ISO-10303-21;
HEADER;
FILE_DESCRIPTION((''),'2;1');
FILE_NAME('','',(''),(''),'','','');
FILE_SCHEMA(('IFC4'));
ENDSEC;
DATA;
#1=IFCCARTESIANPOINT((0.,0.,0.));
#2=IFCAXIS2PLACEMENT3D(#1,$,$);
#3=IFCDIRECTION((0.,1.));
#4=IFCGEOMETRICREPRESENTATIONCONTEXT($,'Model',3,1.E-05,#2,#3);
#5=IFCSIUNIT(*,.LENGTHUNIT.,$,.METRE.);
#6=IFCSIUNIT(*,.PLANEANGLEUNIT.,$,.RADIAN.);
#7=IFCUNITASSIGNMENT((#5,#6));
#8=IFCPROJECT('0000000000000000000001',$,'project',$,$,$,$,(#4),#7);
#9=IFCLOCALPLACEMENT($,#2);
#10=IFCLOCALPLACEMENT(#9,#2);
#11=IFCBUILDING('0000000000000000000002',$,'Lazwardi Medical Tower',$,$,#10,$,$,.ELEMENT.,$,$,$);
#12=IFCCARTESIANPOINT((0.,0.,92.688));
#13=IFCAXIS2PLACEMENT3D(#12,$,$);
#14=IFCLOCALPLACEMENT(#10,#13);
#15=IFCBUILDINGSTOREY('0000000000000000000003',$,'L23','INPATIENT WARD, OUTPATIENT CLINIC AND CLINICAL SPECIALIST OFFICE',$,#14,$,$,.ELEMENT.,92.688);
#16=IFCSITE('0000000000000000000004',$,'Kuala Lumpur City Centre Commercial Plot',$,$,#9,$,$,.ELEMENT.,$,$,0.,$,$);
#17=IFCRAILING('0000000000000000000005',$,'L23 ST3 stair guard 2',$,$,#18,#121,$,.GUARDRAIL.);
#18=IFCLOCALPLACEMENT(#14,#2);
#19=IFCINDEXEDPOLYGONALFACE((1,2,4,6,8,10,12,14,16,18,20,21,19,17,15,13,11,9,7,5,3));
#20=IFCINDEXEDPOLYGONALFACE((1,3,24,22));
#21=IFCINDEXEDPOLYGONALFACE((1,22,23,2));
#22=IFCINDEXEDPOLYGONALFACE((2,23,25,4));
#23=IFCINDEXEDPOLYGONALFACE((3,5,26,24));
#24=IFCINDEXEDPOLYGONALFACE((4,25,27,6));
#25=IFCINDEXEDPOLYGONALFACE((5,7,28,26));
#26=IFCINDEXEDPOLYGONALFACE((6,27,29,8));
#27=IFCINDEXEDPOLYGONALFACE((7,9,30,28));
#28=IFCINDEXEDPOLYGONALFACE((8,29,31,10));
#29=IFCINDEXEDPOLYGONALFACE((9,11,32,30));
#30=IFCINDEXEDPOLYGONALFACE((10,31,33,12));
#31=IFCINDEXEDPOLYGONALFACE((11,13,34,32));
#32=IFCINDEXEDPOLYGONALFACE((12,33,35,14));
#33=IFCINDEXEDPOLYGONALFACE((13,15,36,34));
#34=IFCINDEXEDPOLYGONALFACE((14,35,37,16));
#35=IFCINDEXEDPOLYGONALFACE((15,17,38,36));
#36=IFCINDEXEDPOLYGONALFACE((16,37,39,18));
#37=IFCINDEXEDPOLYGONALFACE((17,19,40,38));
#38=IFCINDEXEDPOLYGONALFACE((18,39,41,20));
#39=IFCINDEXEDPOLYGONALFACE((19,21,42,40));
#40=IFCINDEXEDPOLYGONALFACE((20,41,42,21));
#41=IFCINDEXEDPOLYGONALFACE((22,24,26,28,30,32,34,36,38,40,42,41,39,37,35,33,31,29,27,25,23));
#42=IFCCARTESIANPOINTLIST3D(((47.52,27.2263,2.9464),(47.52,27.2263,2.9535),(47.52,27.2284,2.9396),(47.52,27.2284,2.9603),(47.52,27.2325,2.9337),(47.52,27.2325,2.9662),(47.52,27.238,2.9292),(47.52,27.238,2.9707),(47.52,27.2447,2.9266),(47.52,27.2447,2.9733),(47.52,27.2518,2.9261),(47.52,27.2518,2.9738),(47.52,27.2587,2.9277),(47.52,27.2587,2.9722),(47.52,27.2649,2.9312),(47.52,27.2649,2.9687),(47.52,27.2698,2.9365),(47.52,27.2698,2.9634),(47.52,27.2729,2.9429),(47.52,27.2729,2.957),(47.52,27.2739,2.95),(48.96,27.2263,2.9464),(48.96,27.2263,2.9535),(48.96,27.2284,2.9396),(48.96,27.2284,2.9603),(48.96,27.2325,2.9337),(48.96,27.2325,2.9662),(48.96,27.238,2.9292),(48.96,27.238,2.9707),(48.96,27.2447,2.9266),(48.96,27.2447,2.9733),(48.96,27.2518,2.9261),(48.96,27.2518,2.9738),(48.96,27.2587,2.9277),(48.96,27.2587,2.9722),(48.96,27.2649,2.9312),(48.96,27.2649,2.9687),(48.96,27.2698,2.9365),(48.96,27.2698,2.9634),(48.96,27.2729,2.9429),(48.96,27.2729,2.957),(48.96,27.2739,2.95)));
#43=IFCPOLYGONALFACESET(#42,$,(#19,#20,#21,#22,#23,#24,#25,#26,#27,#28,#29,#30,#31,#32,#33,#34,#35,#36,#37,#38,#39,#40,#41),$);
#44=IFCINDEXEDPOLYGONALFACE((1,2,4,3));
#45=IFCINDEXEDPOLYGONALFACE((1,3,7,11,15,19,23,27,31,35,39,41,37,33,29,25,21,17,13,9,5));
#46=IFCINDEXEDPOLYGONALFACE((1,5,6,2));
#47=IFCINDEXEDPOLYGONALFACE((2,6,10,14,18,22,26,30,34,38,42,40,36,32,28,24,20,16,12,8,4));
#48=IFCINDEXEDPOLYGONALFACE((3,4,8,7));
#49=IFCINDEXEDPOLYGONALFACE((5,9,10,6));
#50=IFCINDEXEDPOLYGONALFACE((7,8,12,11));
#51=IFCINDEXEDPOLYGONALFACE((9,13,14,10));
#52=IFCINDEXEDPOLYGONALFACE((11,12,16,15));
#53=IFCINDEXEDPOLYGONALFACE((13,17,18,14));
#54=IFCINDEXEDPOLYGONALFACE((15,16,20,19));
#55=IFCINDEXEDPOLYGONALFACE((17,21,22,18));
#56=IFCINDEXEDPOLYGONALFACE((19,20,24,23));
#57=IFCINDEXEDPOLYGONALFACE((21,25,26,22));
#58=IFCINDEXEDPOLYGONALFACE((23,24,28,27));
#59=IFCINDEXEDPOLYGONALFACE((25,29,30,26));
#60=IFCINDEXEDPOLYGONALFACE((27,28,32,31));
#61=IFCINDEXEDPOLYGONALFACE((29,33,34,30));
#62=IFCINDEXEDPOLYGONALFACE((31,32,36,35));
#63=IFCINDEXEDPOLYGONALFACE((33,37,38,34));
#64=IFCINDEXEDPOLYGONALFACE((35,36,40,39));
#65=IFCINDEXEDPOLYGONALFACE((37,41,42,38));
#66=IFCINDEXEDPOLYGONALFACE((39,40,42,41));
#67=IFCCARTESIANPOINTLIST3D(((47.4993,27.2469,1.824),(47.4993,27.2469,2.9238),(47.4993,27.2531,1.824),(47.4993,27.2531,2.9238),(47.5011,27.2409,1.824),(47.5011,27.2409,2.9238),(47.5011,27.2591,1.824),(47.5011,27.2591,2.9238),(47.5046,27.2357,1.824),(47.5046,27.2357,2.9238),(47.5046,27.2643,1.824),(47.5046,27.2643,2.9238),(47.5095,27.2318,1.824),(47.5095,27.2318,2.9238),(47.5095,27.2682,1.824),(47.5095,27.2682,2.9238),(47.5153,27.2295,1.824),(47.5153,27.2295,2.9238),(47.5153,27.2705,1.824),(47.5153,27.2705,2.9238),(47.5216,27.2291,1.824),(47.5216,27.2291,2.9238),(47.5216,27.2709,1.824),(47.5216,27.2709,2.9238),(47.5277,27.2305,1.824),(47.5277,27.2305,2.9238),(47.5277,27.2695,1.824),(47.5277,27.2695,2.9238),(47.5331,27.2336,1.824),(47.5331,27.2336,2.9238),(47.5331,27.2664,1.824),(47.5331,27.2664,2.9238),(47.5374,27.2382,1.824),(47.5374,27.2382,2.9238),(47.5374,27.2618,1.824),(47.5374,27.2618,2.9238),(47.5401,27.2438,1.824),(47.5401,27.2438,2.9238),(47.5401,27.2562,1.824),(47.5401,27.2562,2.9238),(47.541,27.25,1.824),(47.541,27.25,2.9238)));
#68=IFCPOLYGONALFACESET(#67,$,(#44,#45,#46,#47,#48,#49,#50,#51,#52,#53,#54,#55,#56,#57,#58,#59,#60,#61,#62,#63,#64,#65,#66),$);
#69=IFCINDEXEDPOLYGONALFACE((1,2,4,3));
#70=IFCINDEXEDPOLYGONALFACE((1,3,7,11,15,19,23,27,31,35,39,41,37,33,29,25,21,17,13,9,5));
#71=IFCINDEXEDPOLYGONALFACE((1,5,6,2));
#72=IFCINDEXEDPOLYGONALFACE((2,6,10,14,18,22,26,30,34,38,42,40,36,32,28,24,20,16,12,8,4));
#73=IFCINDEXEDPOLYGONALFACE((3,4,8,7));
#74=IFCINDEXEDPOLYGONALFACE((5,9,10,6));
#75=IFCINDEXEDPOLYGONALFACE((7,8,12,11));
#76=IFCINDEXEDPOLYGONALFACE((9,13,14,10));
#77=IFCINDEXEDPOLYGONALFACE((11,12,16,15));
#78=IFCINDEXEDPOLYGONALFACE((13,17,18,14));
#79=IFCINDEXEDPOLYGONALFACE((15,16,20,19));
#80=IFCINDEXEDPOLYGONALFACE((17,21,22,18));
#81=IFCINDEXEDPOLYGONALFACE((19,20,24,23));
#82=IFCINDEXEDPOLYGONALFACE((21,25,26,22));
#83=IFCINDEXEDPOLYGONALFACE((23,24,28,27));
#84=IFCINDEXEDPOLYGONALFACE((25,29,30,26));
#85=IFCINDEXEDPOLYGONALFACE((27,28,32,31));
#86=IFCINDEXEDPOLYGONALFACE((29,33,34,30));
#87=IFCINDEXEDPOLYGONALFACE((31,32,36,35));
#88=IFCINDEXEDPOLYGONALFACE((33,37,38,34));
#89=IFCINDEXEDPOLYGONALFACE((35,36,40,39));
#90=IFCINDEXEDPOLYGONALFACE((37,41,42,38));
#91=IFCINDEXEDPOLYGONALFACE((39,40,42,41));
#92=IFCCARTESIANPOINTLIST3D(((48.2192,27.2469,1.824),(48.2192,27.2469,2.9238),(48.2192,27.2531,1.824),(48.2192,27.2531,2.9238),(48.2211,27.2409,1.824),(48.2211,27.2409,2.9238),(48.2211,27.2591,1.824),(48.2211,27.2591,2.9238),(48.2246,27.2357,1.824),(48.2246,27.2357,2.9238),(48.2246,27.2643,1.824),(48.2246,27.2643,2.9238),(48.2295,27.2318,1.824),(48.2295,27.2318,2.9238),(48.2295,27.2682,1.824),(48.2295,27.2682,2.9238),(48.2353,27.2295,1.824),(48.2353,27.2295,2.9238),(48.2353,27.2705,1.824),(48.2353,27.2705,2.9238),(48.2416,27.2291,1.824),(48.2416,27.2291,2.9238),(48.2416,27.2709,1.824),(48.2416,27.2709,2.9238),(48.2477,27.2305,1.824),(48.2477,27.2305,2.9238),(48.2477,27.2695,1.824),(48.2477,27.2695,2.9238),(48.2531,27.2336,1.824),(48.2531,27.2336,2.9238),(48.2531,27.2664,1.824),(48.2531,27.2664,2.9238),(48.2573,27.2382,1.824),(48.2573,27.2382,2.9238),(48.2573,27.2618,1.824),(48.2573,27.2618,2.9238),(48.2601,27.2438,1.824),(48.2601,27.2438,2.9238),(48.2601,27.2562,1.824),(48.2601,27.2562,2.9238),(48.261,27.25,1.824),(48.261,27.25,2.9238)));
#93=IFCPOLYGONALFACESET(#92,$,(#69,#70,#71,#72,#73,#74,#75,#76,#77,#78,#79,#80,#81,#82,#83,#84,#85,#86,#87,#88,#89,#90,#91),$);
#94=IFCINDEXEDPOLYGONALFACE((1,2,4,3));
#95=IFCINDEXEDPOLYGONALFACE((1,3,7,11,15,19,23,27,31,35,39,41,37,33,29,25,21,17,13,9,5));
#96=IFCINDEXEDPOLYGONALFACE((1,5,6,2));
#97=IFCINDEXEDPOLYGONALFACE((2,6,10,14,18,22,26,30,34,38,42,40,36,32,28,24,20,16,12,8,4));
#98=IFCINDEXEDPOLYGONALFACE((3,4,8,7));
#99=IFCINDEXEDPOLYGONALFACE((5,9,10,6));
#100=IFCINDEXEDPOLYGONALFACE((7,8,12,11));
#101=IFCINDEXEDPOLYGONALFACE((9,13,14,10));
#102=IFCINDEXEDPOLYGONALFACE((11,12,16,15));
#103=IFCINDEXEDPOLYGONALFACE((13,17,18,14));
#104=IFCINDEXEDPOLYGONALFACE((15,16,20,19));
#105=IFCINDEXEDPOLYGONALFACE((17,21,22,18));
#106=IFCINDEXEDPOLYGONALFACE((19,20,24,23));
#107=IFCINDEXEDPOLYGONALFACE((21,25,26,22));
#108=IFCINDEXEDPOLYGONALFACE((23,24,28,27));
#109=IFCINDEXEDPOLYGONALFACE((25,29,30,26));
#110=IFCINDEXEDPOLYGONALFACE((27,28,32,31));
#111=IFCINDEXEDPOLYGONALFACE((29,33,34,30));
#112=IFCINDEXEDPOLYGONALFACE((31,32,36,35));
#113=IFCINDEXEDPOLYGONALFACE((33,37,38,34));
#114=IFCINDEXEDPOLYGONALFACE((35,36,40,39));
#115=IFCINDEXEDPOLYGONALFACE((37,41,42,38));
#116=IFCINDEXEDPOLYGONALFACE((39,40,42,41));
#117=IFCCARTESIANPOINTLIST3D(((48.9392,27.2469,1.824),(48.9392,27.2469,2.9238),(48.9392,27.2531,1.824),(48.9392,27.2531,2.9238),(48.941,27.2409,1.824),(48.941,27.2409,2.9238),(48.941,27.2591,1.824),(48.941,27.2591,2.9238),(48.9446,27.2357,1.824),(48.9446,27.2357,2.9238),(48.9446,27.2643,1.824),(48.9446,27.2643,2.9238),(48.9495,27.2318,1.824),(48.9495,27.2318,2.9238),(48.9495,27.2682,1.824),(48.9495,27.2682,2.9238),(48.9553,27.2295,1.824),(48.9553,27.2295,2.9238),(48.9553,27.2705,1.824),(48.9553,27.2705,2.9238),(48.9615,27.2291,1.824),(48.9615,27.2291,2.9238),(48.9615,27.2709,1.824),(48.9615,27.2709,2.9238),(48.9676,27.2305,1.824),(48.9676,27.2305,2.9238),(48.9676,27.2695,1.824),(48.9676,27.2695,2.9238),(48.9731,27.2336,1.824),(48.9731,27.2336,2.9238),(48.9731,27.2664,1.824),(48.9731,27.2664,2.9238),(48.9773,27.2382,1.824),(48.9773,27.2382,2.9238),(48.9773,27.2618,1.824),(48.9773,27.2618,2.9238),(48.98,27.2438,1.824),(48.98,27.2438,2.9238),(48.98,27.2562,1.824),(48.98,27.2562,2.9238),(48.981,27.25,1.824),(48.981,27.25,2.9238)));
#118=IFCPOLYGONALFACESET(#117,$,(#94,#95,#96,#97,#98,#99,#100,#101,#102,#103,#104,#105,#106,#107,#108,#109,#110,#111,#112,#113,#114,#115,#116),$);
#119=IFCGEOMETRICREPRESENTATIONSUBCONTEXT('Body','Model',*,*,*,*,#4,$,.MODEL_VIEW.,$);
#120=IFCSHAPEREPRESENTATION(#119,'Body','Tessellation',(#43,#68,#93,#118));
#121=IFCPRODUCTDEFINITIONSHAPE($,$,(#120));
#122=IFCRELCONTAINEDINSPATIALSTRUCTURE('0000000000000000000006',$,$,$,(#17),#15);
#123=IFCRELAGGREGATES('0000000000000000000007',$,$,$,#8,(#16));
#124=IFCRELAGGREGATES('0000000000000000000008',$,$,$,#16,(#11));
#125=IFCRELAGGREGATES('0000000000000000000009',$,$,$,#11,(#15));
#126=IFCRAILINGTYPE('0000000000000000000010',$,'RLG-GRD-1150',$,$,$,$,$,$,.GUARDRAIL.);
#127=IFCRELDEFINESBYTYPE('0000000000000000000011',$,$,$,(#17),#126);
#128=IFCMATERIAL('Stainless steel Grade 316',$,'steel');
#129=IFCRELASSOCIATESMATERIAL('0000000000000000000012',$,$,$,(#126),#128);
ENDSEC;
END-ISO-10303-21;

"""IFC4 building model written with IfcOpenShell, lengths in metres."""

from ifc_helpers import new_model, si_unit, direction, frame, origin, origin_2d, place, context, subcontext, project, spatial, circle, extrude, material, type_object, element, save


model = new_model("IFC4")

# Units and contexts
model_context = context("Model", 3, precision=1e-05, world=origin(), true_north=direction((0.0, 1.0)))
body_context = subcontext(model_context, "Body", "Model", "MODEL_VIEW")
ifc_project = project(units=[si_unit("LENGTHUNIT", "METRE"), si_unit("PLANEANGLEUNIT", "RADIAN")], contexts=[model_context])

# Site, building, storey
site_placement = place(None, origin())
site = spatial("IfcSite", under=ifc_project, at=site_placement, Name="Kuala Lumpur City Centre Commercial Plot", CompositionType="ELEMENT", RefElevation=0.0)
building_placement = place(site_placement, origin())
building = spatial("IfcBuilding", under=site, at=building_placement, Name="Lazwardi Medical Tower", CompositionType="ELEMENT")
storey_placement = place(building_placement, frame((0.0, 0.0, 92.688)))
storey = spatial("IfcBuildingStorey", under=building, at=storey_placement, Name="L23", Description="INPATIENT WARD, OUTPATIENT CLINIC AND CLINICAL SPECIALIST OFFICE", CompositionType="ELEMENT", Elevation=92.688)

# Railing
ifc_material_1 = material(Name="Stainless steel Grade 316", Category="steel")
railing_type_1 = type_object("IfcRailingType", Name="RLG-GRD-1150", PredefinedType="GUARDRAIL", material=ifc_material_1)
railing_1_placement = place(storey_placement, frame((47.52, 27.25, 1.824)))
element("IfcRailing", 1, at=railing_1_placement, inside=storey, type_object=railing_type_1, Name="L23 ST3 stair guard 2", PredefinedType="GUARDRAIL", context=body_context, shape_type="SweptSolid", body=[
    extrude(circle(Radius=0.0239, at=origin_2d()), frame((0.0, 0.0, 1.126), z_axis=(1.0, 0.0, 0.0), x_axis=(0.0, 1.0, 0.0)), (0.0, 0.0, 1.0), 1.4399),
    extrude(circle(Radius=0.021, at=origin_2d()), origin(), (0.0, 0.0, 1.0), 1.0999),
    extrude(circle(Radius=0.021, at=origin_2d()), frame((0.72, 0.0, 0.0)), (0.0, 0.0, 1.0), 1.0999),
    extrude(circle(Radius=0.021, at=origin_2d()), frame((1.4399, 0.0, 0.0)), (0.0, 0.0, 1.0), 1.0999),
])

save(model, "model.ifc")
